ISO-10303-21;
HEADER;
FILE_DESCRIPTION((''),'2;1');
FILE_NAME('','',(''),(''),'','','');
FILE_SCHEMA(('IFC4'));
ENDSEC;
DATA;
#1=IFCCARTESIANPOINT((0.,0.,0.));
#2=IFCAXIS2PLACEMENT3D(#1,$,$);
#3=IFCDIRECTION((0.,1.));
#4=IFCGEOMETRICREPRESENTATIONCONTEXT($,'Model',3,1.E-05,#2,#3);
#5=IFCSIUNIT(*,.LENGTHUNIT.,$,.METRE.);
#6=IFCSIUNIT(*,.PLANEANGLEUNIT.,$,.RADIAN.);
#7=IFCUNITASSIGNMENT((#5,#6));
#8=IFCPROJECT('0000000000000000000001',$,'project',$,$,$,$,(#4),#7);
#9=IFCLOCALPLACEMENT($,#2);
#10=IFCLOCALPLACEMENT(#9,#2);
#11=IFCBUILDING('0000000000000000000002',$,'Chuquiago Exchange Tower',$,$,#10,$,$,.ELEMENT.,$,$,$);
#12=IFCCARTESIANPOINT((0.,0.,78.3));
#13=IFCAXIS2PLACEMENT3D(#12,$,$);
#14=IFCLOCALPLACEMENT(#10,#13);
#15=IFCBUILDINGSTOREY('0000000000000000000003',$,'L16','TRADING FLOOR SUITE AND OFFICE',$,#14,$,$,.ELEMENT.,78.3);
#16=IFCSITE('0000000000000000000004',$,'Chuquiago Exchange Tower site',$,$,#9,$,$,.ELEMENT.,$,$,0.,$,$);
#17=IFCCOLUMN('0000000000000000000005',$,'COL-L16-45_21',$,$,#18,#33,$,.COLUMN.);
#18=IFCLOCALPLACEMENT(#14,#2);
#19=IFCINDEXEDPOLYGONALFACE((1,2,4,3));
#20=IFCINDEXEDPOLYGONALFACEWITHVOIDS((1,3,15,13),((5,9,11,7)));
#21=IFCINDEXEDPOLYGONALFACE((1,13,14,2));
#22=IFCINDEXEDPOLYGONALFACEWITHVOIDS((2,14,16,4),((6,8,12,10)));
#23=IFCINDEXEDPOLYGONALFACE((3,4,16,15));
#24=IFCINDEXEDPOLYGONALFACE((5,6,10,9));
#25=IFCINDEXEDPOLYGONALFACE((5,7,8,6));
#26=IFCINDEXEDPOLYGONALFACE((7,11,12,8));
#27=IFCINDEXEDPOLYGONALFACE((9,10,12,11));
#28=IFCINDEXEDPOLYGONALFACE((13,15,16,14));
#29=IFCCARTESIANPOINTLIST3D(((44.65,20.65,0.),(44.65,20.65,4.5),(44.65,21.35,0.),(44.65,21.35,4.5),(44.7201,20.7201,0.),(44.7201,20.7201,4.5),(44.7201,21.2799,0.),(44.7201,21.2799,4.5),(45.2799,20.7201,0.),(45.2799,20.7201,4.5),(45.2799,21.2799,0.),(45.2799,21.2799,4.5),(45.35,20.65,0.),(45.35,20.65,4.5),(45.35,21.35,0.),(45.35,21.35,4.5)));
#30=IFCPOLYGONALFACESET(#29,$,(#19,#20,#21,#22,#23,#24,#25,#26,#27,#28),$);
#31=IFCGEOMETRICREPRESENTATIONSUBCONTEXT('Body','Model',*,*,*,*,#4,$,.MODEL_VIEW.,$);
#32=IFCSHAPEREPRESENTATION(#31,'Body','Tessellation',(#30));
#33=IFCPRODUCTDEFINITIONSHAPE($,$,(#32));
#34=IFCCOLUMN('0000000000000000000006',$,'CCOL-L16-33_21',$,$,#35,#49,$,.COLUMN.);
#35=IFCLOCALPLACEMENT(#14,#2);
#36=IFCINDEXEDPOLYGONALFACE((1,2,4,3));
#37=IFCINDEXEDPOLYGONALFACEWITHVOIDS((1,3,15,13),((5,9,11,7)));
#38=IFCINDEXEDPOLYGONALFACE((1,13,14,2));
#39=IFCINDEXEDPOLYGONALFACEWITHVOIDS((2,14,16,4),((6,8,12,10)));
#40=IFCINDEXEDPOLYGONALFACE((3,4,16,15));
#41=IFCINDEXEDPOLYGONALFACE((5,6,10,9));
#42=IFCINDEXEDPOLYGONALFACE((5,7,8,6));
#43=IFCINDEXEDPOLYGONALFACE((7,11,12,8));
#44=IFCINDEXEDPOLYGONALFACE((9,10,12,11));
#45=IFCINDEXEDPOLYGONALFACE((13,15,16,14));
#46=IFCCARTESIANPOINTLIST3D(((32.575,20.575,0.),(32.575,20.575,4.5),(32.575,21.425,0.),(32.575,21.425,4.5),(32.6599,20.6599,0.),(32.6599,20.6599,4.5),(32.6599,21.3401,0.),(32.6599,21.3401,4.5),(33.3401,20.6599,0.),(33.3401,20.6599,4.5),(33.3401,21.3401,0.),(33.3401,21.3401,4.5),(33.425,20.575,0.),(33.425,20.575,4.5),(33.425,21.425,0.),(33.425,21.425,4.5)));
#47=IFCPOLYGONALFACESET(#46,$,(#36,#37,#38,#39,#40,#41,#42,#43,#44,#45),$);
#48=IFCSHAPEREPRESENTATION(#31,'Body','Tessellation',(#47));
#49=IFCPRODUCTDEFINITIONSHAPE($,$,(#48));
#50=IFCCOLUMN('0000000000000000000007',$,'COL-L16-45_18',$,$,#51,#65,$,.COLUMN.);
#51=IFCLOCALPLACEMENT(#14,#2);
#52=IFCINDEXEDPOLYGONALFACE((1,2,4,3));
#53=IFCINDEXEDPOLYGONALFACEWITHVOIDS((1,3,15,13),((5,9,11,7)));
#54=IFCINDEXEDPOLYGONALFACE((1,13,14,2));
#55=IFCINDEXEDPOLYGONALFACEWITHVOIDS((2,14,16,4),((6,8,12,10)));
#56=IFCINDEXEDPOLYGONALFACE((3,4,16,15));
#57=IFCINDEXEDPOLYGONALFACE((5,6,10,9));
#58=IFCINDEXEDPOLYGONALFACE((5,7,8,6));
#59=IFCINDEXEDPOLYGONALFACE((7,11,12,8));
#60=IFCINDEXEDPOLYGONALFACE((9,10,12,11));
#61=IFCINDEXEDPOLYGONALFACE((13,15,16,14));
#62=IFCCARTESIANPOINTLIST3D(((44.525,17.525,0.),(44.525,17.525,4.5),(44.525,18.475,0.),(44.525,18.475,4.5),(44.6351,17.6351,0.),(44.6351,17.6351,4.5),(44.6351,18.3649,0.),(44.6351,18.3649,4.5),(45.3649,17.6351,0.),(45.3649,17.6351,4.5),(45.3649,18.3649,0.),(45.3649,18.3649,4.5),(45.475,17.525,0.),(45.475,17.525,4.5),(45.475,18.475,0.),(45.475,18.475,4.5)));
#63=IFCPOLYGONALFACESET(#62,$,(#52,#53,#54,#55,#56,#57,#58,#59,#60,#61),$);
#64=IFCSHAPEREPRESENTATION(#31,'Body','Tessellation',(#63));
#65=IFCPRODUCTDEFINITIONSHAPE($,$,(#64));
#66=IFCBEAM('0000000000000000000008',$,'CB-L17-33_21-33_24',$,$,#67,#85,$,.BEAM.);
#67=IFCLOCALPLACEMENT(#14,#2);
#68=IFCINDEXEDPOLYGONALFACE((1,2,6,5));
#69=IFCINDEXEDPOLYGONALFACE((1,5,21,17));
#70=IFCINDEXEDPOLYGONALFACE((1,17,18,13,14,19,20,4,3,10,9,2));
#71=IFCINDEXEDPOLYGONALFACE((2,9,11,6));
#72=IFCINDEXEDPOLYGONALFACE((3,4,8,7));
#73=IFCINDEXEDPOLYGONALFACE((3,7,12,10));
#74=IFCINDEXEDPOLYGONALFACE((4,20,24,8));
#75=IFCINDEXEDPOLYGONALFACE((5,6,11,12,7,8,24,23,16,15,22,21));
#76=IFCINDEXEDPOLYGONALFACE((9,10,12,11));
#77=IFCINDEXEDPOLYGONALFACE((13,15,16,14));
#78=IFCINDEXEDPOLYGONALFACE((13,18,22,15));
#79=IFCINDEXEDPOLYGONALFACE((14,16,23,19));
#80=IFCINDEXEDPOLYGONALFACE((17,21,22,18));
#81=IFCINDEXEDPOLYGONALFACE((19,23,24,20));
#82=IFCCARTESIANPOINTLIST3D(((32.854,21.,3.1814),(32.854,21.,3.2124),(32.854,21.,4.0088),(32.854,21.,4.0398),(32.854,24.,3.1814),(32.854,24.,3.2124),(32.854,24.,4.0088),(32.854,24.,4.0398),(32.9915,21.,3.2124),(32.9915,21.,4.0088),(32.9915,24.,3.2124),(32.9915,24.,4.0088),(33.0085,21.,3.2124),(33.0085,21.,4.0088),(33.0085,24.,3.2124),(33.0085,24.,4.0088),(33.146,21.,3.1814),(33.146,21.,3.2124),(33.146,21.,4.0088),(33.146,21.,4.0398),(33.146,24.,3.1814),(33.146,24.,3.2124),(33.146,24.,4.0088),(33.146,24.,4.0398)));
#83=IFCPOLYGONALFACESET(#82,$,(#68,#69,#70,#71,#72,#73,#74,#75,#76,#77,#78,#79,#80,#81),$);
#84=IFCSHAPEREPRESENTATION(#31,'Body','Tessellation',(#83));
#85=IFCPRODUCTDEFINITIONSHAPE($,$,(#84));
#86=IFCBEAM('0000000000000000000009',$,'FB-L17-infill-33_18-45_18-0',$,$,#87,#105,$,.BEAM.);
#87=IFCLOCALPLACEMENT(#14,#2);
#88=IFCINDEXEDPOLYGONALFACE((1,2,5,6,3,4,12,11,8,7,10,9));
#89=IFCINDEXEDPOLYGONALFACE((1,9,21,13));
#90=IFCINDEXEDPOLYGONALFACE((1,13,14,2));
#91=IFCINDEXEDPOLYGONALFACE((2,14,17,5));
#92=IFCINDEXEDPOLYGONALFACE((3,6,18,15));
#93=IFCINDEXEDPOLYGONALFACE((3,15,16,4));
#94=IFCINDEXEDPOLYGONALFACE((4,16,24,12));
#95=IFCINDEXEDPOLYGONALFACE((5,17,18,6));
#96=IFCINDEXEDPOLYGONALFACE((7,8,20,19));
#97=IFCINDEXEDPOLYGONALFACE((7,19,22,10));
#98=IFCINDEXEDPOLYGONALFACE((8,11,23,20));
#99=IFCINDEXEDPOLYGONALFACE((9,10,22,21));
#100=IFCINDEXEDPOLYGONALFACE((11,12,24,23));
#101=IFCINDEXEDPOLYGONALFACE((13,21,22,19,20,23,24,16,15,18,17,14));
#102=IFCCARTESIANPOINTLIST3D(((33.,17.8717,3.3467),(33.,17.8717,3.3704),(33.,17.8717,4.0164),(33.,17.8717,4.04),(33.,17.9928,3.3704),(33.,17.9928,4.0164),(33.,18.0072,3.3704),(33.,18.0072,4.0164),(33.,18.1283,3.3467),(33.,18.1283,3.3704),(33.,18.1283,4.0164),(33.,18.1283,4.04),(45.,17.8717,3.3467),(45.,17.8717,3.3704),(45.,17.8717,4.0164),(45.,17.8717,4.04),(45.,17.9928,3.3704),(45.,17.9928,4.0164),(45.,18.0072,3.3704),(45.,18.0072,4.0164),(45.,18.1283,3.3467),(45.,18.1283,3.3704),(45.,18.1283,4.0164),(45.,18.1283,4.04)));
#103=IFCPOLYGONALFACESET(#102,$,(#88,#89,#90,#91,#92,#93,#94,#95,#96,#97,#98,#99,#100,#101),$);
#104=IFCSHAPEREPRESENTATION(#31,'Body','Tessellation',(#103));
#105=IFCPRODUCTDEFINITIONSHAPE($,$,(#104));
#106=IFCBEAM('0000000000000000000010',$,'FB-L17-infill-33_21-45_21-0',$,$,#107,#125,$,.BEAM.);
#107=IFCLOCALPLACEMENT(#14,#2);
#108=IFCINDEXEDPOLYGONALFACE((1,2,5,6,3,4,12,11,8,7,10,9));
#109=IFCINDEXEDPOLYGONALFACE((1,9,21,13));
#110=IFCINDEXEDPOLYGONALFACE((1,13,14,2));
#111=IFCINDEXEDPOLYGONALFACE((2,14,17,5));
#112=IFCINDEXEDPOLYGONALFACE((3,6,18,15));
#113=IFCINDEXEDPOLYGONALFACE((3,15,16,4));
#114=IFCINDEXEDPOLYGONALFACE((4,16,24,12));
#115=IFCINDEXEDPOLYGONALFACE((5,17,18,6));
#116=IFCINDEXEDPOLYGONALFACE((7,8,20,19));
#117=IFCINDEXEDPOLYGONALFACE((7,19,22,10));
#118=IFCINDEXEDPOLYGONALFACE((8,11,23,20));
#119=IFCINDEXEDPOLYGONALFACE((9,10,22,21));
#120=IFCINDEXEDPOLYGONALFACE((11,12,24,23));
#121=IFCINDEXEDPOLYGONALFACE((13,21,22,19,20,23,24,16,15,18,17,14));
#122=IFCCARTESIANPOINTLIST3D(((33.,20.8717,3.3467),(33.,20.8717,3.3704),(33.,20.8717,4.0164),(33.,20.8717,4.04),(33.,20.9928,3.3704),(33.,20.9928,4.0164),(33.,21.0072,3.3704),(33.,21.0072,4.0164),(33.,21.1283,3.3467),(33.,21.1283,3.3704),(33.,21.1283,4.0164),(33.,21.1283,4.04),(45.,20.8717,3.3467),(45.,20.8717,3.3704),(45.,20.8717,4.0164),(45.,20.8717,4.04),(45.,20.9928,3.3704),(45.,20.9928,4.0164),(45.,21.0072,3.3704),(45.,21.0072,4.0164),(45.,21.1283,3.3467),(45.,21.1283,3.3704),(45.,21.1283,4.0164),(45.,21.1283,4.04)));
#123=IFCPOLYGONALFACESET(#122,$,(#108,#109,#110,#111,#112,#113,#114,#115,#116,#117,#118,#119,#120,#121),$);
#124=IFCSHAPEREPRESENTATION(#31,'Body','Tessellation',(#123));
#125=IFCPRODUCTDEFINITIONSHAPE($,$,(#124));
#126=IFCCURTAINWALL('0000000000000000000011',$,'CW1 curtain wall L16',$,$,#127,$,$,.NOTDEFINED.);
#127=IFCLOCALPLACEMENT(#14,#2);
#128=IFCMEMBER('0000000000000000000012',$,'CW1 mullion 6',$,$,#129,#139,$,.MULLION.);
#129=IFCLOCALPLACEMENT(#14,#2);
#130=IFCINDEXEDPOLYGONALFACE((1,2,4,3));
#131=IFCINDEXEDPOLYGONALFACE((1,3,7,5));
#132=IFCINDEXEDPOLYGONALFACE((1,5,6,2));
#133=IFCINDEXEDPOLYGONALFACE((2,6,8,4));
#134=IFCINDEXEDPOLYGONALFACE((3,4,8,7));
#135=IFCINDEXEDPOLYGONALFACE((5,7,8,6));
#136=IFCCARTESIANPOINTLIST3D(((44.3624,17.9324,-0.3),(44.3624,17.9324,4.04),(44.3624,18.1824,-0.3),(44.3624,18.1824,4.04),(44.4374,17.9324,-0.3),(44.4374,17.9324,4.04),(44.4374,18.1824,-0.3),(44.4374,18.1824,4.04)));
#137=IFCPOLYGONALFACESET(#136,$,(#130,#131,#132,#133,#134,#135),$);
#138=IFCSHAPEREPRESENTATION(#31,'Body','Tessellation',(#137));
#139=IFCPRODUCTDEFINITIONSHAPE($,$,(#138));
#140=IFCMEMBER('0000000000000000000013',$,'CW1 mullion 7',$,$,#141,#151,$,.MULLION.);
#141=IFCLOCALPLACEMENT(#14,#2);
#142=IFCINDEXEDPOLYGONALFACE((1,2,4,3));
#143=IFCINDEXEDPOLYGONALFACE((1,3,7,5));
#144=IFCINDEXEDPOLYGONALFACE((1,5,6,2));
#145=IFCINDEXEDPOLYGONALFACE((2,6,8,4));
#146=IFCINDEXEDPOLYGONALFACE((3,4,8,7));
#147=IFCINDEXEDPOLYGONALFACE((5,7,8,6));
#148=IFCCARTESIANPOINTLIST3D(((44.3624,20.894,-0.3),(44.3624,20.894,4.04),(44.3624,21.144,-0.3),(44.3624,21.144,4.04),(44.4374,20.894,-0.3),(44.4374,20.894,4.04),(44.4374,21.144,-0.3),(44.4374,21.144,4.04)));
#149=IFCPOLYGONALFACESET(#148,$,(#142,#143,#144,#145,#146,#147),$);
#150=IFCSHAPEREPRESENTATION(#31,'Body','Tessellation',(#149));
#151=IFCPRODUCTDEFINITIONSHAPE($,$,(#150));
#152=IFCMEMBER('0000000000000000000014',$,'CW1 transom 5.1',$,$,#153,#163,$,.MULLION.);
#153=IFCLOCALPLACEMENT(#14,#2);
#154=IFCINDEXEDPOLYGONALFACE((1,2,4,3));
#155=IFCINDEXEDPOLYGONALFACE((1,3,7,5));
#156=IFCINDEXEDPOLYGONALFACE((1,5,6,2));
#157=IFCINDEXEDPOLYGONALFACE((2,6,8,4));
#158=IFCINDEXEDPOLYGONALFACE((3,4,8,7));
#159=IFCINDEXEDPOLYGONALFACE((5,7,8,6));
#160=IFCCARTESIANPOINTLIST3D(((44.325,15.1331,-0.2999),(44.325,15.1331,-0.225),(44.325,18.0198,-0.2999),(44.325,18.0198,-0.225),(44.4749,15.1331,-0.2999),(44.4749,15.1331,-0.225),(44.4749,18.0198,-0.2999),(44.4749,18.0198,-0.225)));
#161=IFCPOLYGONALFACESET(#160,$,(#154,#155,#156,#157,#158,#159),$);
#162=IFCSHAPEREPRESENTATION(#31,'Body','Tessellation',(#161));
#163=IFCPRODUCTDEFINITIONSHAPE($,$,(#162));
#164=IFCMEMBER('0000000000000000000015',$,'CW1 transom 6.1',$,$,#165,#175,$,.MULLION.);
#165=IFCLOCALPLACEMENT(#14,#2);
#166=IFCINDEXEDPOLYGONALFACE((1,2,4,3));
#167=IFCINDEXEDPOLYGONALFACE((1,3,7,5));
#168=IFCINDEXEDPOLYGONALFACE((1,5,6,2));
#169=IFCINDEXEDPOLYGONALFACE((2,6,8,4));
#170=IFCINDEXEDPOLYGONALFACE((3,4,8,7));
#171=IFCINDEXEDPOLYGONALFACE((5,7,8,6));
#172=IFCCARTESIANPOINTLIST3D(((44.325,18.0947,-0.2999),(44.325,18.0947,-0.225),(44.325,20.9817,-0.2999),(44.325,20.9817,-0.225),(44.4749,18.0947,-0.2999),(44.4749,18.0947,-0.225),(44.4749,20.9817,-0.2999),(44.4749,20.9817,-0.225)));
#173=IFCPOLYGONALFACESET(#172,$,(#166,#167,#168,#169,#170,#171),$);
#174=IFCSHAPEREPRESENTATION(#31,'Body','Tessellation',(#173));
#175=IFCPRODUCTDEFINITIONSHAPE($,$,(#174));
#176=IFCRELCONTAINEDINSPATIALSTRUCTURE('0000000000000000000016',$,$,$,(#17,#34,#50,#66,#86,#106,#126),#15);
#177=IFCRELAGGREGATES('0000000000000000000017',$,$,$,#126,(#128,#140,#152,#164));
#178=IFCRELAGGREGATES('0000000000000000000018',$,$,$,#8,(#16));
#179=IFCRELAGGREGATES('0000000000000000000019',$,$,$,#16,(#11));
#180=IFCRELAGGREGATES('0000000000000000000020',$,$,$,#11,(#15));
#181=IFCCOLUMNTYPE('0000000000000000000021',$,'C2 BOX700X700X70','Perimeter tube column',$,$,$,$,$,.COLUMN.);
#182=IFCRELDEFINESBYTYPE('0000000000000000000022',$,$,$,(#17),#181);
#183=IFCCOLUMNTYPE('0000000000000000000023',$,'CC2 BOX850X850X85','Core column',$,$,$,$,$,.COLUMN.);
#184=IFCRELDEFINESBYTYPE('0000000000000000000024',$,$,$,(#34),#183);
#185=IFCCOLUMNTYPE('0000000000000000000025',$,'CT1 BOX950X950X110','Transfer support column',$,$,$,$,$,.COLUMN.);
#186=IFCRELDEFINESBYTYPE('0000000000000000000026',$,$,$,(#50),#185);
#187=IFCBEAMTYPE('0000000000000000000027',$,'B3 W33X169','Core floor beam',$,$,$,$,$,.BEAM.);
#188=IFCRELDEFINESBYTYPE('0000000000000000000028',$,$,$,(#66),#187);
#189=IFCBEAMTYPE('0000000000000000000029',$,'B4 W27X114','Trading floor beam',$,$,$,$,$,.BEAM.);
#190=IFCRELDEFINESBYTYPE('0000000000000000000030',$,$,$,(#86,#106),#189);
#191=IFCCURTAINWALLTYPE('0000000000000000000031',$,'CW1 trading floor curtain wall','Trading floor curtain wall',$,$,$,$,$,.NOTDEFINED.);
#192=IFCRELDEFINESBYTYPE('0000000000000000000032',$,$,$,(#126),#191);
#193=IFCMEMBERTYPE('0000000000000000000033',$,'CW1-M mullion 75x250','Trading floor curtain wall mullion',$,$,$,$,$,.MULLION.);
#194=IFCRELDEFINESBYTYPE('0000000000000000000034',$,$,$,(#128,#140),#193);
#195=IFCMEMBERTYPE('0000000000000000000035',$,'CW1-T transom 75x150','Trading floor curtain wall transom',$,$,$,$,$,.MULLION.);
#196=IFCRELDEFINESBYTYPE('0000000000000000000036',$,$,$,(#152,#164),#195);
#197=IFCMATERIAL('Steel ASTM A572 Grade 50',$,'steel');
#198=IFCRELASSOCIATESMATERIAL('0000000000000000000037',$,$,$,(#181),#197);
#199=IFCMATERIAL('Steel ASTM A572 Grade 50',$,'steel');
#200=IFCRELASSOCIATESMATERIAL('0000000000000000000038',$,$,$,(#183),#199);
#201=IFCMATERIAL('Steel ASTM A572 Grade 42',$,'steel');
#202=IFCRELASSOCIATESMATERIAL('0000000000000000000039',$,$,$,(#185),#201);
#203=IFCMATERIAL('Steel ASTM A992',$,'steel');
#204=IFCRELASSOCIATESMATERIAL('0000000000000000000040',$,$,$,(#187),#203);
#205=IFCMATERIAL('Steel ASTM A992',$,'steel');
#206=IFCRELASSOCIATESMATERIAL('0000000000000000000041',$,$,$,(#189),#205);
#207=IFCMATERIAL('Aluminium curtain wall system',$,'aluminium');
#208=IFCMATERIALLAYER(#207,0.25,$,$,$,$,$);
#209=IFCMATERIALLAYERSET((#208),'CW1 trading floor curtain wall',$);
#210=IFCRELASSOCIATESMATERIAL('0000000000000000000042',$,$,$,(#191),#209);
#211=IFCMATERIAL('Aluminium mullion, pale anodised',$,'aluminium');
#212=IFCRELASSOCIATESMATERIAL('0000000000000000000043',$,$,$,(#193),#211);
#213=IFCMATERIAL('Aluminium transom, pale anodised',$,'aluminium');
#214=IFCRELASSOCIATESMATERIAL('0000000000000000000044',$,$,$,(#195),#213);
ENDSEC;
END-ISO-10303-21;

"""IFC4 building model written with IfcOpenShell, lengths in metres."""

from ifc_helpers import new_model, si_unit, direction, frame, origin, origin_2d, place, context, subcontext, project, spatial, rectangle, hollow_rectangle, i_section, extrude, material, layer, layer_set, material_profile, profile_set, type_object, element, aggregate, save


model = new_model("IFC4")

# Units and contexts
model_context = context("Model", 3, precision=1e-05, world=origin(), true_north=direction((0.0, 1.0)))
body_context = subcontext(model_context, "Body", "Model", "MODEL_VIEW")
ifc_project = project(units=[si_unit("LENGTHUNIT", "METRE"), si_unit("PLANEANGLEUNIT", "RADIAN")], contexts=[model_context])

# Site, building, storey
site_placement = place(None, origin())
site = spatial("IfcSite", under=ifc_project, at=site_placement, Name="Chuquiago Exchange Tower site", CompositionType="ELEMENT", RefElevation=0.0)
building_placement = place(site_placement, origin())
building = spatial("IfcBuilding", under=site, at=building_placement, Name="Chuquiago Exchange Tower", CompositionType="ELEMENT")
storey_placement = place(building_placement, frame((0.0, 0.0, 78.3)))
storey = spatial("IfcBuildingStorey", under=building, at=storey_placement, Name="L16", Description="TRADING FLOOR SUITE AND OFFICE", CompositionType="ELEMENT", Elevation=78.3)

# Columns
ifc_material_1 = material(Name="Steel ASTM A572 Grade 50", Category="steel")
ifc_material_profile_1 = material_profile(ifc_material_1, hollow_rectangle(XDim=0.7, YDim=0.7, WallThickness=0.0701, at=origin_2d()), Name="BOX700X700X70")
ifc_profile_set_1 = profile_set([ifc_material_profile_1], Name="Steel ASTM A572 Grade 50")
column_type_1 = type_object("IfcColumnType", Name="C2 BOX700X700X70", Description="Perimeter tube column", PredefinedType="COLUMN", material=ifc_profile_set_1)
column_1_placement = place(storey_placement, frame((45.0, 21.0, 0.0), z_axis=(0.0, 0.0, 1.0), x_axis=(1.0, 0.0, 0.0)))
element("IfcColumn", 1, at=column_1_placement, inside=storey, type_object=column_type_1, Name="COL-L16-45_21", PredefinedType="COLUMN", context=body_context, shape_type="SweptSolid", body=[
    extrude(hollow_rectangle(XDim=0.7, YDim=0.7, WallThickness=0.0701, at=origin_2d()), origin(), (0.0, 0.0, 1.0), 4.5),
])
ifc_material_2 = material(Name="Steel ASTM A572 Grade 50", Category="steel")
ifc_material_profile_2 = material_profile(ifc_material_2, hollow_rectangle(XDim=0.8501, YDim=0.8501, WallThickness=0.085, at=origin_2d()), Name="BOX850X850X85")
ifc_profile_set_2 = profile_set([ifc_material_profile_2], Name="Steel ASTM A572 Grade 50")
column_type_2 = type_object("IfcColumnType", Name="CC2 BOX850X850X85", Description="Core column", PredefinedType="COLUMN", material=ifc_profile_set_2)
column_2_placement = place(storey_placement, frame((33.0, 21.0, 0.0), z_axis=(0.0, 0.0, 1.0), x_axis=(1.0, 0.0, 0.0)))
element("IfcColumn", 2, at=column_2_placement, inside=storey, type_object=column_type_2, Name="CCOL-L16-33_21", PredefinedType="COLUMN", context=body_context, shape_type="SweptSolid", body=[
    extrude(hollow_rectangle(XDim=0.8501, YDim=0.8501, WallThickness=0.085, at=origin_2d()), origin(), (0.0, 0.0, 1.0), 4.5),
])
ifc_material_3 = material(Name="Steel ASTM A572 Grade 42", Category="steel")
ifc_material_profile_3 = material_profile(ifc_material_3, hollow_rectangle(XDim=0.95, YDim=0.95, WallThickness=0.1101, at=origin_2d()), Name="BOX950X950X110")
ifc_profile_set_3 = profile_set([ifc_material_profile_3], Name="Steel ASTM A572 Grade 42")
column_type_3 = type_object("IfcColumnType", Name="CT1 BOX950X950X110", Description="Transfer support column", PredefinedType="COLUMN", material=ifc_profile_set_3)
column_3_placement = place(storey_placement, frame((45.0, 18.0, 0.0), z_axis=(0.0, 0.0, 1.0), x_axis=(1.0, 0.0, 0.0)))
element("IfcColumn", 3, at=column_3_placement, inside=storey, type_object=column_type_3, Name="COL-L16-45_18", PredefinedType="COLUMN", context=body_context, shape_type="SweptSolid", body=[
    extrude(hollow_rectangle(XDim=0.95, YDim=0.95, WallThickness=0.1101, at=origin_2d()), origin(), (0.0, 0.0, 1.0), 4.5),
])

# Beams
ifc_material_4 = material(Name="Steel ASTM A992", Category="steel")
ifc_material_profile_4 = material_profile(ifc_material_4, i_section(OverallWidth=0.292, OverallDepth=0.8584, WebThickness=0.0171, FlangeThickness=0.031, at=origin_2d()), Name="W33X169")
ifc_profile_set_4 = profile_set([ifc_material_profile_4], Name="Steel ASTM A992")
beam_type_1 = type_object("IfcBeamType", Name="B3 W33X169", Description="Core floor beam", PredefinedType="BEAM", material=ifc_profile_set_4)
beam_placement = place(storey_placement, frame((33.0, 21.0, 3.6106), z_axis=(0.0, 1.0, 0.0), x_axis=(-1.0, 0.0, 0.0)))
element("IfcBeam", 4, at=beam_placement, inside=storey, type_object=beam_type_1, Name="CB-L17-33_21-33_24", PredefinedType="BEAM", context=body_context, shape_type="SweptSolid", body=[
    extrude(i_section(OverallWidth=0.292, OverallDepth=0.8584, WebThickness=0.0171, FlangeThickness=0.031, at=origin_2d()), origin(), (0.0, 0.0, 1.0), 3.0),
])
ifc_material_5 = material(Name="Steel ASTM A992", Category="steel")
ifc_material_profile_5 = material_profile(ifc_material_5, i_section(OverallWidth=0.2566, OverallDepth=0.6934, WebThickness=0.0144, FlangeThickness=0.0237, at=origin_2d()), Name="W27X114")
ifc_profile_set_5 = profile_set([ifc_material_profile_5], Name="Steel ASTM A992")
beam_type_2 = type_object("IfcBeamType", Name="B4 W27X114", Description="Trading floor beam", PredefinedType="BEAM", material=ifc_profile_set_5)
for number, where, z_axis, x_axis, name in (
    (5, (33.0, 18.0, 3.6934), (1.0, 0.0, 0.0), (0.0, 1.0, 0.0), "FB-L17-infill-33_18-45_18-0"),
    (6, (33.0, 21.0, 3.6934), (1.0, 0.0, 0.0), (0.0, 1.0, 0.0), "FB-L17-infill-33_21-45_21-0"),
):
    element("IfcBeam", number, at=place(storey_placement, frame(where, z_axis=z_axis, x_axis=x_axis)), inside=storey, type_object=beam_type_2, Name=name, PredefinedType="BEAM", context=body_context, shape_type="SweptSolid", body=[
        extrude(i_section(OverallWidth=0.2566, OverallDepth=0.6934, WebThickness=0.0144, FlangeThickness=0.0237, at=origin_2d()), origin(), (0.0, 0.0, 1.0), 12.0),
    ])

# Curtain wall, members
ifc_material_6 = material(Name="Aluminium curtain wall system", Category="aluminium")
ifc_layer_1 = layer(ifc_material_6, 0.25)
ifc_layer_set_1 = layer_set([ifc_layer_1], Name="CW1 trading floor curtain wall")
curtain_wall_type = type_object("IfcCurtainWallType", Name="CW1 trading floor curtain wall", Description="Trading floor curtain wall", PredefinedType="NOTDEFINED", material=ifc_layer_set_1)
curtain_wall_placement = place(storey_placement, origin())
curtain_wall = element("IfcCurtainWall", 7, at=curtain_wall_placement, inside=storey, type_object=curtain_wall_type, Name="CW1 curtain wall L16", PredefinedType="NOTDEFINED")
ifc_material_7 = material(Name="Aluminium mullion, pale anodised", Category="aluminium")
ifc_material_profile_6 = material_profile(ifc_material_7, rectangle(XDim=0.075, YDim=0.25, at=origin_2d()), Name="AL 75x250")
ifc_profile_set_6 = profile_set([ifc_material_profile_6], Name="Aluminium mullion, pale anodised")
member_type_1 = type_object("IfcMemberType", Name="CW1-M mullion 75x250", Description="Trading floor curtain wall mullion", PredefinedType="MULLION", material=ifc_profile_set_6)
member_1_placement = place(storey_placement, frame((44.3999, 18.0574, -0.3), z_axis=(0.0, 0.0, 1.0), x_axis=(-1.0, 0.0, 0.0)))
member_1 = element("IfcMember", 8, at=member_1_placement, type_object=member_type_1, Name="CW1 mullion 6", PredefinedType="MULLION", context=body_context, shape_type="SweptSolid", body=[
    extrude(rectangle(XDim=0.075, YDim=0.25, at=origin_2d()), origin(), (0.0, 0.0, 1.0), 4.3401),
])
member_2_placement = place(storey_placement, frame((44.3999, 21.019, -0.3), z_axis=(0.0, 0.0, 1.0), x_axis=(-1.0, 0.0, 0.0)))
member_2 = element("IfcMember", 9, at=member_2_placement, type_object=member_type_1, Name="CW1 mullion 7", PredefinedType="MULLION", context=body_context, shape_type="SweptSolid", body=[
    extrude(rectangle(XDim=0.075, YDim=0.25, at=origin_2d()), origin(), (0.0, 0.0, 1.0), 4.3401),
])
ifc_material_8 = material(Name="Aluminium transom, pale anodised", Category="aluminium")
ifc_material_profile_7 = material_profile(ifc_material_8, rectangle(XDim=0.1499, YDim=0.075, at=origin_2d()), Name="AL 150x75")
ifc_profile_set_7 = profile_set([ifc_material_profile_7], Name="Aluminium transom, pale anodised")
member_type_2 = type_object("IfcMemberType", Name="CW1-T transom 75x150", Description="Trading floor curtain wall transom", PredefinedType="MULLION", material=ifc_profile_set_7)
member_3_placement = place(storey_placement, frame((44.3999, 15.1331, -0.2625), z_axis=(0.0, 1.0, 0.0), x_axis=(-1.0, 0.0, 0.0)))
member_3 = element("IfcMember", 10, at=member_3_placement, type_object=member_type_2, Name="CW1 transom 5.1", PredefinedType="MULLION", context=body_context, shape_type="SweptSolid", body=[
    extrude(rectangle(XDim=0.1499, YDim=0.075, at=origin_2d()), origin(), (0.0, 0.0, 1.0), 2.8867),
])
member_4_placement = place(storey_placement, frame((44.3999, 18.0947, -0.2625), z_axis=(0.0, 1.0, 0.0), x_axis=(-1.0, 0.0, 0.0)))
member_4 = element("IfcMember", 11, at=member_4_placement, type_object=member_type_2, Name="CW1 transom 6.1", PredefinedType="MULLION", context=body_context, shape_type="SweptSolid", body=[
    extrude(rectangle(XDim=0.1499, YDim=0.075, at=origin_2d()), origin(), (0.0, 0.0, 1.0), 2.887),
])

aggregate(curtain_wall, [member_1, member_2, member_3, member_4])

save(model, "model.ifc")
